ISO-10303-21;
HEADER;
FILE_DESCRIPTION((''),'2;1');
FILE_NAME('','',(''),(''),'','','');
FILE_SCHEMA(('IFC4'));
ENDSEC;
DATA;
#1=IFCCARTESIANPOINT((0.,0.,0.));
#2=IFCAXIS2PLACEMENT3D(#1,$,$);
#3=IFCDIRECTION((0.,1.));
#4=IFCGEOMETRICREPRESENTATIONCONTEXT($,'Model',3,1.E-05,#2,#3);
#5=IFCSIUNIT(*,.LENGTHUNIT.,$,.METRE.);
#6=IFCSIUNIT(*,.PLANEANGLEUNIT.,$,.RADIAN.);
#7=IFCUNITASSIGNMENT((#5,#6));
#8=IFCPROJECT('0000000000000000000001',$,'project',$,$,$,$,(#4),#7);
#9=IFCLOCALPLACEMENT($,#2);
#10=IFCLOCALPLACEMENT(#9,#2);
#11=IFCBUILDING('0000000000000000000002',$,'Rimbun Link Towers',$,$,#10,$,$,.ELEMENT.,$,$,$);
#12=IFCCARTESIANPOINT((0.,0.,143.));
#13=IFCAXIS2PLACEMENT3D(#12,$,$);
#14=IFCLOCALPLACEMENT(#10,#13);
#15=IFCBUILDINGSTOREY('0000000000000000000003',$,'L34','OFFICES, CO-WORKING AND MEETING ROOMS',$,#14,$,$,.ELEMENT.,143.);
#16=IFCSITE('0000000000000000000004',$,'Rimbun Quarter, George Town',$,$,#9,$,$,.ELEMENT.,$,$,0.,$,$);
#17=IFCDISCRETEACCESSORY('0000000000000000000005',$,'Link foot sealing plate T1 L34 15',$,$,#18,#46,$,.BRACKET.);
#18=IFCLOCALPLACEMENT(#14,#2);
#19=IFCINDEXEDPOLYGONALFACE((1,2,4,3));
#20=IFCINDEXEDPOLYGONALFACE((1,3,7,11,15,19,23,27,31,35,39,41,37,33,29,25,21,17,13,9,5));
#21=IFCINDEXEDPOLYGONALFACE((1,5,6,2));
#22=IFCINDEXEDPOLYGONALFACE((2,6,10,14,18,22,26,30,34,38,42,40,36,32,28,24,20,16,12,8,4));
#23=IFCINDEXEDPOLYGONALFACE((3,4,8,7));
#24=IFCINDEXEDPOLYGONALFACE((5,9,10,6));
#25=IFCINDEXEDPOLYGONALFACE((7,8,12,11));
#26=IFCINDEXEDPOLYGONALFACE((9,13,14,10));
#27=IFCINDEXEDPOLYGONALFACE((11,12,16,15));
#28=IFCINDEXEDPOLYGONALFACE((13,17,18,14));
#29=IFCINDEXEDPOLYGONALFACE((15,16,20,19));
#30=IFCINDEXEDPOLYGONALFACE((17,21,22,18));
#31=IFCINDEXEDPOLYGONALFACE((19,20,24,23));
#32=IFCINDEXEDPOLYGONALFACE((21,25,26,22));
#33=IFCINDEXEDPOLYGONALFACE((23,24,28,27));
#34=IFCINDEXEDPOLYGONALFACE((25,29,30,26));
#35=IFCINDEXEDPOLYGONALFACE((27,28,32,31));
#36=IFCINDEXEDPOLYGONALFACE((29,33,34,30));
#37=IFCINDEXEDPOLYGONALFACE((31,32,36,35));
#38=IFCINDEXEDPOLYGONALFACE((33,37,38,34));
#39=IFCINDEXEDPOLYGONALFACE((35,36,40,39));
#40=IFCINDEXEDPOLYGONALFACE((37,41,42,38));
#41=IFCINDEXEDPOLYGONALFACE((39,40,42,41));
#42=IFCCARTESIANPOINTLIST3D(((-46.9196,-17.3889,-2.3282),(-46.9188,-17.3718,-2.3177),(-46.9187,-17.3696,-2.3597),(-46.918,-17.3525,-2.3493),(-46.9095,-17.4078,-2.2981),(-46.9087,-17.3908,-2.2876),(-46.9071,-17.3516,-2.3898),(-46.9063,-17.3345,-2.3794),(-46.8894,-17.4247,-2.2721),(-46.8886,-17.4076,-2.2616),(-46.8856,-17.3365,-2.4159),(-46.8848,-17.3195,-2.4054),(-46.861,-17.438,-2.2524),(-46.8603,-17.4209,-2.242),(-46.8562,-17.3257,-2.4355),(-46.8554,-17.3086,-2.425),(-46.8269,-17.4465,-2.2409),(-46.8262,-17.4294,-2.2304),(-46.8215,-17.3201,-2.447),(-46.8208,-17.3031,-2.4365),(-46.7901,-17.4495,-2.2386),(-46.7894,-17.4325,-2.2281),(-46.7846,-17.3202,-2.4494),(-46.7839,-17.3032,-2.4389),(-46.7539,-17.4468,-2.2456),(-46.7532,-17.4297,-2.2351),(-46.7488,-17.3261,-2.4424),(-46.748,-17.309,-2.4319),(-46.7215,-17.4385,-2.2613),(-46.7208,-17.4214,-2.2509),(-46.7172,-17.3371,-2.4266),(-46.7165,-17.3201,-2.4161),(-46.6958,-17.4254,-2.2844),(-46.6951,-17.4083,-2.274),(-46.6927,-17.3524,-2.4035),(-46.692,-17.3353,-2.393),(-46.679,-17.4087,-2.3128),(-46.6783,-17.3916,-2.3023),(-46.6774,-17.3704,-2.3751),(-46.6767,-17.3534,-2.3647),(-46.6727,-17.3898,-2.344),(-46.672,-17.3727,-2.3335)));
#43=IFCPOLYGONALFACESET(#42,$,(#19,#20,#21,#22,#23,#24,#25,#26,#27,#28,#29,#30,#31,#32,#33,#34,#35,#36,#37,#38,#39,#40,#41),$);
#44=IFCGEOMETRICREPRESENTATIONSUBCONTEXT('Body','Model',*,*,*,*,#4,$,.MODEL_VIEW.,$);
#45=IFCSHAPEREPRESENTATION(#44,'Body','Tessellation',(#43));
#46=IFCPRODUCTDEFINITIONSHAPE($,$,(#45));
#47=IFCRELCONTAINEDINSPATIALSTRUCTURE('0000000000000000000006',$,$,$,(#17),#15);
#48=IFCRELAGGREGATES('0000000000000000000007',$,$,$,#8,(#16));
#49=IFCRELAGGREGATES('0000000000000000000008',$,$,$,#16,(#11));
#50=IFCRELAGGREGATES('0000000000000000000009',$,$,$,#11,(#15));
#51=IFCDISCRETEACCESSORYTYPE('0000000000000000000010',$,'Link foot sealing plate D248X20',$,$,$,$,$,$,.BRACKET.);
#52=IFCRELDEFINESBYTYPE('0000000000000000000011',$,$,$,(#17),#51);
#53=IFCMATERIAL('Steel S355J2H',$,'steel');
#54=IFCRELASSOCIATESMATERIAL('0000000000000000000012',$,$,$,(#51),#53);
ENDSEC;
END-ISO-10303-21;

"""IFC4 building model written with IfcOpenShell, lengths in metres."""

from ifc_helpers import new_model, si_unit, direction, frame, origin, origin_2d, place, context, subcontext, project, spatial, circle, extrude, material, material_profile, profile_set, type_object, element, save


model = new_model("IFC4")

# Units and contexts
model_context = context("Model", 3, precision=1e-05, world=origin(), true_north=direction((0.0, 1.0)))
body_context = subcontext(model_context, "Body", "Model", "MODEL_VIEW")
ifc_project = project(units=[si_unit("LENGTHUNIT", "METRE"), si_unit("PLANEANGLEUNIT", "RADIAN")], contexts=[model_context])

# Site, building, storey
site_placement = place(None, origin())
site = spatial("IfcSite", under=ifc_project, at=site_placement, Name="Rimbun Quarter, George Town", CompositionType="ELEMENT", RefElevation=0.0)
building_placement = place(site_placement, origin())
building = spatial("IfcBuilding", under=site, at=building_placement, Name="Rimbun Link Towers", CompositionType="ELEMENT")
storey_placement = place(building_placement, frame((0.0, 0.0, 143.0)))
storey = spatial("IfcBuildingStorey", under=building, at=storey_placement, Name="L34", Description="OFFICES, CO-WORKING AND MEETING ROOMS", CompositionType="ELEMENT", Elevation=143.0)

# Discrete accessory
ifc_material_1 = material(Name="Steel S355J2H", Category="steel")
ifc_material_profile_1 = material_profile(ifc_material_1, circle(Radius=0.124, at=origin_2d()), Name="PL D248")
ifc_profile_set_1 = profile_set([ifc_material_profile_1], Name="Steel S355J2H")
discrete_accessory_type = type_object("IfcDiscreteAccessoryType", Name="Link foot sealing plate D248X20", PredefinedType="BRACKET", material=ifc_profile_set_1)
discrete_accessory_placement = place(storey_placement, frame((-46.7959, -17.3674, -2.3335), z_axis=(-0.036493, -0.851508, -0.523069), x_axis=(0.999083, -0.042818, 0.0)))
element("IfcDiscreteAccessory", 1, at=discrete_accessory_placement, inside=storey, type_object=discrete_accessory_type, Name="Link foot sealing plate T1 L34 15", PredefinedType="BRACKET", context=body_context, shape_type="SweptSolid", body=[
    extrude(circle(Radius=0.124, at=origin_2d()), origin(), (0.0, 0.0, 1.0), 0.02),
])

save(model, "model.ifc")
